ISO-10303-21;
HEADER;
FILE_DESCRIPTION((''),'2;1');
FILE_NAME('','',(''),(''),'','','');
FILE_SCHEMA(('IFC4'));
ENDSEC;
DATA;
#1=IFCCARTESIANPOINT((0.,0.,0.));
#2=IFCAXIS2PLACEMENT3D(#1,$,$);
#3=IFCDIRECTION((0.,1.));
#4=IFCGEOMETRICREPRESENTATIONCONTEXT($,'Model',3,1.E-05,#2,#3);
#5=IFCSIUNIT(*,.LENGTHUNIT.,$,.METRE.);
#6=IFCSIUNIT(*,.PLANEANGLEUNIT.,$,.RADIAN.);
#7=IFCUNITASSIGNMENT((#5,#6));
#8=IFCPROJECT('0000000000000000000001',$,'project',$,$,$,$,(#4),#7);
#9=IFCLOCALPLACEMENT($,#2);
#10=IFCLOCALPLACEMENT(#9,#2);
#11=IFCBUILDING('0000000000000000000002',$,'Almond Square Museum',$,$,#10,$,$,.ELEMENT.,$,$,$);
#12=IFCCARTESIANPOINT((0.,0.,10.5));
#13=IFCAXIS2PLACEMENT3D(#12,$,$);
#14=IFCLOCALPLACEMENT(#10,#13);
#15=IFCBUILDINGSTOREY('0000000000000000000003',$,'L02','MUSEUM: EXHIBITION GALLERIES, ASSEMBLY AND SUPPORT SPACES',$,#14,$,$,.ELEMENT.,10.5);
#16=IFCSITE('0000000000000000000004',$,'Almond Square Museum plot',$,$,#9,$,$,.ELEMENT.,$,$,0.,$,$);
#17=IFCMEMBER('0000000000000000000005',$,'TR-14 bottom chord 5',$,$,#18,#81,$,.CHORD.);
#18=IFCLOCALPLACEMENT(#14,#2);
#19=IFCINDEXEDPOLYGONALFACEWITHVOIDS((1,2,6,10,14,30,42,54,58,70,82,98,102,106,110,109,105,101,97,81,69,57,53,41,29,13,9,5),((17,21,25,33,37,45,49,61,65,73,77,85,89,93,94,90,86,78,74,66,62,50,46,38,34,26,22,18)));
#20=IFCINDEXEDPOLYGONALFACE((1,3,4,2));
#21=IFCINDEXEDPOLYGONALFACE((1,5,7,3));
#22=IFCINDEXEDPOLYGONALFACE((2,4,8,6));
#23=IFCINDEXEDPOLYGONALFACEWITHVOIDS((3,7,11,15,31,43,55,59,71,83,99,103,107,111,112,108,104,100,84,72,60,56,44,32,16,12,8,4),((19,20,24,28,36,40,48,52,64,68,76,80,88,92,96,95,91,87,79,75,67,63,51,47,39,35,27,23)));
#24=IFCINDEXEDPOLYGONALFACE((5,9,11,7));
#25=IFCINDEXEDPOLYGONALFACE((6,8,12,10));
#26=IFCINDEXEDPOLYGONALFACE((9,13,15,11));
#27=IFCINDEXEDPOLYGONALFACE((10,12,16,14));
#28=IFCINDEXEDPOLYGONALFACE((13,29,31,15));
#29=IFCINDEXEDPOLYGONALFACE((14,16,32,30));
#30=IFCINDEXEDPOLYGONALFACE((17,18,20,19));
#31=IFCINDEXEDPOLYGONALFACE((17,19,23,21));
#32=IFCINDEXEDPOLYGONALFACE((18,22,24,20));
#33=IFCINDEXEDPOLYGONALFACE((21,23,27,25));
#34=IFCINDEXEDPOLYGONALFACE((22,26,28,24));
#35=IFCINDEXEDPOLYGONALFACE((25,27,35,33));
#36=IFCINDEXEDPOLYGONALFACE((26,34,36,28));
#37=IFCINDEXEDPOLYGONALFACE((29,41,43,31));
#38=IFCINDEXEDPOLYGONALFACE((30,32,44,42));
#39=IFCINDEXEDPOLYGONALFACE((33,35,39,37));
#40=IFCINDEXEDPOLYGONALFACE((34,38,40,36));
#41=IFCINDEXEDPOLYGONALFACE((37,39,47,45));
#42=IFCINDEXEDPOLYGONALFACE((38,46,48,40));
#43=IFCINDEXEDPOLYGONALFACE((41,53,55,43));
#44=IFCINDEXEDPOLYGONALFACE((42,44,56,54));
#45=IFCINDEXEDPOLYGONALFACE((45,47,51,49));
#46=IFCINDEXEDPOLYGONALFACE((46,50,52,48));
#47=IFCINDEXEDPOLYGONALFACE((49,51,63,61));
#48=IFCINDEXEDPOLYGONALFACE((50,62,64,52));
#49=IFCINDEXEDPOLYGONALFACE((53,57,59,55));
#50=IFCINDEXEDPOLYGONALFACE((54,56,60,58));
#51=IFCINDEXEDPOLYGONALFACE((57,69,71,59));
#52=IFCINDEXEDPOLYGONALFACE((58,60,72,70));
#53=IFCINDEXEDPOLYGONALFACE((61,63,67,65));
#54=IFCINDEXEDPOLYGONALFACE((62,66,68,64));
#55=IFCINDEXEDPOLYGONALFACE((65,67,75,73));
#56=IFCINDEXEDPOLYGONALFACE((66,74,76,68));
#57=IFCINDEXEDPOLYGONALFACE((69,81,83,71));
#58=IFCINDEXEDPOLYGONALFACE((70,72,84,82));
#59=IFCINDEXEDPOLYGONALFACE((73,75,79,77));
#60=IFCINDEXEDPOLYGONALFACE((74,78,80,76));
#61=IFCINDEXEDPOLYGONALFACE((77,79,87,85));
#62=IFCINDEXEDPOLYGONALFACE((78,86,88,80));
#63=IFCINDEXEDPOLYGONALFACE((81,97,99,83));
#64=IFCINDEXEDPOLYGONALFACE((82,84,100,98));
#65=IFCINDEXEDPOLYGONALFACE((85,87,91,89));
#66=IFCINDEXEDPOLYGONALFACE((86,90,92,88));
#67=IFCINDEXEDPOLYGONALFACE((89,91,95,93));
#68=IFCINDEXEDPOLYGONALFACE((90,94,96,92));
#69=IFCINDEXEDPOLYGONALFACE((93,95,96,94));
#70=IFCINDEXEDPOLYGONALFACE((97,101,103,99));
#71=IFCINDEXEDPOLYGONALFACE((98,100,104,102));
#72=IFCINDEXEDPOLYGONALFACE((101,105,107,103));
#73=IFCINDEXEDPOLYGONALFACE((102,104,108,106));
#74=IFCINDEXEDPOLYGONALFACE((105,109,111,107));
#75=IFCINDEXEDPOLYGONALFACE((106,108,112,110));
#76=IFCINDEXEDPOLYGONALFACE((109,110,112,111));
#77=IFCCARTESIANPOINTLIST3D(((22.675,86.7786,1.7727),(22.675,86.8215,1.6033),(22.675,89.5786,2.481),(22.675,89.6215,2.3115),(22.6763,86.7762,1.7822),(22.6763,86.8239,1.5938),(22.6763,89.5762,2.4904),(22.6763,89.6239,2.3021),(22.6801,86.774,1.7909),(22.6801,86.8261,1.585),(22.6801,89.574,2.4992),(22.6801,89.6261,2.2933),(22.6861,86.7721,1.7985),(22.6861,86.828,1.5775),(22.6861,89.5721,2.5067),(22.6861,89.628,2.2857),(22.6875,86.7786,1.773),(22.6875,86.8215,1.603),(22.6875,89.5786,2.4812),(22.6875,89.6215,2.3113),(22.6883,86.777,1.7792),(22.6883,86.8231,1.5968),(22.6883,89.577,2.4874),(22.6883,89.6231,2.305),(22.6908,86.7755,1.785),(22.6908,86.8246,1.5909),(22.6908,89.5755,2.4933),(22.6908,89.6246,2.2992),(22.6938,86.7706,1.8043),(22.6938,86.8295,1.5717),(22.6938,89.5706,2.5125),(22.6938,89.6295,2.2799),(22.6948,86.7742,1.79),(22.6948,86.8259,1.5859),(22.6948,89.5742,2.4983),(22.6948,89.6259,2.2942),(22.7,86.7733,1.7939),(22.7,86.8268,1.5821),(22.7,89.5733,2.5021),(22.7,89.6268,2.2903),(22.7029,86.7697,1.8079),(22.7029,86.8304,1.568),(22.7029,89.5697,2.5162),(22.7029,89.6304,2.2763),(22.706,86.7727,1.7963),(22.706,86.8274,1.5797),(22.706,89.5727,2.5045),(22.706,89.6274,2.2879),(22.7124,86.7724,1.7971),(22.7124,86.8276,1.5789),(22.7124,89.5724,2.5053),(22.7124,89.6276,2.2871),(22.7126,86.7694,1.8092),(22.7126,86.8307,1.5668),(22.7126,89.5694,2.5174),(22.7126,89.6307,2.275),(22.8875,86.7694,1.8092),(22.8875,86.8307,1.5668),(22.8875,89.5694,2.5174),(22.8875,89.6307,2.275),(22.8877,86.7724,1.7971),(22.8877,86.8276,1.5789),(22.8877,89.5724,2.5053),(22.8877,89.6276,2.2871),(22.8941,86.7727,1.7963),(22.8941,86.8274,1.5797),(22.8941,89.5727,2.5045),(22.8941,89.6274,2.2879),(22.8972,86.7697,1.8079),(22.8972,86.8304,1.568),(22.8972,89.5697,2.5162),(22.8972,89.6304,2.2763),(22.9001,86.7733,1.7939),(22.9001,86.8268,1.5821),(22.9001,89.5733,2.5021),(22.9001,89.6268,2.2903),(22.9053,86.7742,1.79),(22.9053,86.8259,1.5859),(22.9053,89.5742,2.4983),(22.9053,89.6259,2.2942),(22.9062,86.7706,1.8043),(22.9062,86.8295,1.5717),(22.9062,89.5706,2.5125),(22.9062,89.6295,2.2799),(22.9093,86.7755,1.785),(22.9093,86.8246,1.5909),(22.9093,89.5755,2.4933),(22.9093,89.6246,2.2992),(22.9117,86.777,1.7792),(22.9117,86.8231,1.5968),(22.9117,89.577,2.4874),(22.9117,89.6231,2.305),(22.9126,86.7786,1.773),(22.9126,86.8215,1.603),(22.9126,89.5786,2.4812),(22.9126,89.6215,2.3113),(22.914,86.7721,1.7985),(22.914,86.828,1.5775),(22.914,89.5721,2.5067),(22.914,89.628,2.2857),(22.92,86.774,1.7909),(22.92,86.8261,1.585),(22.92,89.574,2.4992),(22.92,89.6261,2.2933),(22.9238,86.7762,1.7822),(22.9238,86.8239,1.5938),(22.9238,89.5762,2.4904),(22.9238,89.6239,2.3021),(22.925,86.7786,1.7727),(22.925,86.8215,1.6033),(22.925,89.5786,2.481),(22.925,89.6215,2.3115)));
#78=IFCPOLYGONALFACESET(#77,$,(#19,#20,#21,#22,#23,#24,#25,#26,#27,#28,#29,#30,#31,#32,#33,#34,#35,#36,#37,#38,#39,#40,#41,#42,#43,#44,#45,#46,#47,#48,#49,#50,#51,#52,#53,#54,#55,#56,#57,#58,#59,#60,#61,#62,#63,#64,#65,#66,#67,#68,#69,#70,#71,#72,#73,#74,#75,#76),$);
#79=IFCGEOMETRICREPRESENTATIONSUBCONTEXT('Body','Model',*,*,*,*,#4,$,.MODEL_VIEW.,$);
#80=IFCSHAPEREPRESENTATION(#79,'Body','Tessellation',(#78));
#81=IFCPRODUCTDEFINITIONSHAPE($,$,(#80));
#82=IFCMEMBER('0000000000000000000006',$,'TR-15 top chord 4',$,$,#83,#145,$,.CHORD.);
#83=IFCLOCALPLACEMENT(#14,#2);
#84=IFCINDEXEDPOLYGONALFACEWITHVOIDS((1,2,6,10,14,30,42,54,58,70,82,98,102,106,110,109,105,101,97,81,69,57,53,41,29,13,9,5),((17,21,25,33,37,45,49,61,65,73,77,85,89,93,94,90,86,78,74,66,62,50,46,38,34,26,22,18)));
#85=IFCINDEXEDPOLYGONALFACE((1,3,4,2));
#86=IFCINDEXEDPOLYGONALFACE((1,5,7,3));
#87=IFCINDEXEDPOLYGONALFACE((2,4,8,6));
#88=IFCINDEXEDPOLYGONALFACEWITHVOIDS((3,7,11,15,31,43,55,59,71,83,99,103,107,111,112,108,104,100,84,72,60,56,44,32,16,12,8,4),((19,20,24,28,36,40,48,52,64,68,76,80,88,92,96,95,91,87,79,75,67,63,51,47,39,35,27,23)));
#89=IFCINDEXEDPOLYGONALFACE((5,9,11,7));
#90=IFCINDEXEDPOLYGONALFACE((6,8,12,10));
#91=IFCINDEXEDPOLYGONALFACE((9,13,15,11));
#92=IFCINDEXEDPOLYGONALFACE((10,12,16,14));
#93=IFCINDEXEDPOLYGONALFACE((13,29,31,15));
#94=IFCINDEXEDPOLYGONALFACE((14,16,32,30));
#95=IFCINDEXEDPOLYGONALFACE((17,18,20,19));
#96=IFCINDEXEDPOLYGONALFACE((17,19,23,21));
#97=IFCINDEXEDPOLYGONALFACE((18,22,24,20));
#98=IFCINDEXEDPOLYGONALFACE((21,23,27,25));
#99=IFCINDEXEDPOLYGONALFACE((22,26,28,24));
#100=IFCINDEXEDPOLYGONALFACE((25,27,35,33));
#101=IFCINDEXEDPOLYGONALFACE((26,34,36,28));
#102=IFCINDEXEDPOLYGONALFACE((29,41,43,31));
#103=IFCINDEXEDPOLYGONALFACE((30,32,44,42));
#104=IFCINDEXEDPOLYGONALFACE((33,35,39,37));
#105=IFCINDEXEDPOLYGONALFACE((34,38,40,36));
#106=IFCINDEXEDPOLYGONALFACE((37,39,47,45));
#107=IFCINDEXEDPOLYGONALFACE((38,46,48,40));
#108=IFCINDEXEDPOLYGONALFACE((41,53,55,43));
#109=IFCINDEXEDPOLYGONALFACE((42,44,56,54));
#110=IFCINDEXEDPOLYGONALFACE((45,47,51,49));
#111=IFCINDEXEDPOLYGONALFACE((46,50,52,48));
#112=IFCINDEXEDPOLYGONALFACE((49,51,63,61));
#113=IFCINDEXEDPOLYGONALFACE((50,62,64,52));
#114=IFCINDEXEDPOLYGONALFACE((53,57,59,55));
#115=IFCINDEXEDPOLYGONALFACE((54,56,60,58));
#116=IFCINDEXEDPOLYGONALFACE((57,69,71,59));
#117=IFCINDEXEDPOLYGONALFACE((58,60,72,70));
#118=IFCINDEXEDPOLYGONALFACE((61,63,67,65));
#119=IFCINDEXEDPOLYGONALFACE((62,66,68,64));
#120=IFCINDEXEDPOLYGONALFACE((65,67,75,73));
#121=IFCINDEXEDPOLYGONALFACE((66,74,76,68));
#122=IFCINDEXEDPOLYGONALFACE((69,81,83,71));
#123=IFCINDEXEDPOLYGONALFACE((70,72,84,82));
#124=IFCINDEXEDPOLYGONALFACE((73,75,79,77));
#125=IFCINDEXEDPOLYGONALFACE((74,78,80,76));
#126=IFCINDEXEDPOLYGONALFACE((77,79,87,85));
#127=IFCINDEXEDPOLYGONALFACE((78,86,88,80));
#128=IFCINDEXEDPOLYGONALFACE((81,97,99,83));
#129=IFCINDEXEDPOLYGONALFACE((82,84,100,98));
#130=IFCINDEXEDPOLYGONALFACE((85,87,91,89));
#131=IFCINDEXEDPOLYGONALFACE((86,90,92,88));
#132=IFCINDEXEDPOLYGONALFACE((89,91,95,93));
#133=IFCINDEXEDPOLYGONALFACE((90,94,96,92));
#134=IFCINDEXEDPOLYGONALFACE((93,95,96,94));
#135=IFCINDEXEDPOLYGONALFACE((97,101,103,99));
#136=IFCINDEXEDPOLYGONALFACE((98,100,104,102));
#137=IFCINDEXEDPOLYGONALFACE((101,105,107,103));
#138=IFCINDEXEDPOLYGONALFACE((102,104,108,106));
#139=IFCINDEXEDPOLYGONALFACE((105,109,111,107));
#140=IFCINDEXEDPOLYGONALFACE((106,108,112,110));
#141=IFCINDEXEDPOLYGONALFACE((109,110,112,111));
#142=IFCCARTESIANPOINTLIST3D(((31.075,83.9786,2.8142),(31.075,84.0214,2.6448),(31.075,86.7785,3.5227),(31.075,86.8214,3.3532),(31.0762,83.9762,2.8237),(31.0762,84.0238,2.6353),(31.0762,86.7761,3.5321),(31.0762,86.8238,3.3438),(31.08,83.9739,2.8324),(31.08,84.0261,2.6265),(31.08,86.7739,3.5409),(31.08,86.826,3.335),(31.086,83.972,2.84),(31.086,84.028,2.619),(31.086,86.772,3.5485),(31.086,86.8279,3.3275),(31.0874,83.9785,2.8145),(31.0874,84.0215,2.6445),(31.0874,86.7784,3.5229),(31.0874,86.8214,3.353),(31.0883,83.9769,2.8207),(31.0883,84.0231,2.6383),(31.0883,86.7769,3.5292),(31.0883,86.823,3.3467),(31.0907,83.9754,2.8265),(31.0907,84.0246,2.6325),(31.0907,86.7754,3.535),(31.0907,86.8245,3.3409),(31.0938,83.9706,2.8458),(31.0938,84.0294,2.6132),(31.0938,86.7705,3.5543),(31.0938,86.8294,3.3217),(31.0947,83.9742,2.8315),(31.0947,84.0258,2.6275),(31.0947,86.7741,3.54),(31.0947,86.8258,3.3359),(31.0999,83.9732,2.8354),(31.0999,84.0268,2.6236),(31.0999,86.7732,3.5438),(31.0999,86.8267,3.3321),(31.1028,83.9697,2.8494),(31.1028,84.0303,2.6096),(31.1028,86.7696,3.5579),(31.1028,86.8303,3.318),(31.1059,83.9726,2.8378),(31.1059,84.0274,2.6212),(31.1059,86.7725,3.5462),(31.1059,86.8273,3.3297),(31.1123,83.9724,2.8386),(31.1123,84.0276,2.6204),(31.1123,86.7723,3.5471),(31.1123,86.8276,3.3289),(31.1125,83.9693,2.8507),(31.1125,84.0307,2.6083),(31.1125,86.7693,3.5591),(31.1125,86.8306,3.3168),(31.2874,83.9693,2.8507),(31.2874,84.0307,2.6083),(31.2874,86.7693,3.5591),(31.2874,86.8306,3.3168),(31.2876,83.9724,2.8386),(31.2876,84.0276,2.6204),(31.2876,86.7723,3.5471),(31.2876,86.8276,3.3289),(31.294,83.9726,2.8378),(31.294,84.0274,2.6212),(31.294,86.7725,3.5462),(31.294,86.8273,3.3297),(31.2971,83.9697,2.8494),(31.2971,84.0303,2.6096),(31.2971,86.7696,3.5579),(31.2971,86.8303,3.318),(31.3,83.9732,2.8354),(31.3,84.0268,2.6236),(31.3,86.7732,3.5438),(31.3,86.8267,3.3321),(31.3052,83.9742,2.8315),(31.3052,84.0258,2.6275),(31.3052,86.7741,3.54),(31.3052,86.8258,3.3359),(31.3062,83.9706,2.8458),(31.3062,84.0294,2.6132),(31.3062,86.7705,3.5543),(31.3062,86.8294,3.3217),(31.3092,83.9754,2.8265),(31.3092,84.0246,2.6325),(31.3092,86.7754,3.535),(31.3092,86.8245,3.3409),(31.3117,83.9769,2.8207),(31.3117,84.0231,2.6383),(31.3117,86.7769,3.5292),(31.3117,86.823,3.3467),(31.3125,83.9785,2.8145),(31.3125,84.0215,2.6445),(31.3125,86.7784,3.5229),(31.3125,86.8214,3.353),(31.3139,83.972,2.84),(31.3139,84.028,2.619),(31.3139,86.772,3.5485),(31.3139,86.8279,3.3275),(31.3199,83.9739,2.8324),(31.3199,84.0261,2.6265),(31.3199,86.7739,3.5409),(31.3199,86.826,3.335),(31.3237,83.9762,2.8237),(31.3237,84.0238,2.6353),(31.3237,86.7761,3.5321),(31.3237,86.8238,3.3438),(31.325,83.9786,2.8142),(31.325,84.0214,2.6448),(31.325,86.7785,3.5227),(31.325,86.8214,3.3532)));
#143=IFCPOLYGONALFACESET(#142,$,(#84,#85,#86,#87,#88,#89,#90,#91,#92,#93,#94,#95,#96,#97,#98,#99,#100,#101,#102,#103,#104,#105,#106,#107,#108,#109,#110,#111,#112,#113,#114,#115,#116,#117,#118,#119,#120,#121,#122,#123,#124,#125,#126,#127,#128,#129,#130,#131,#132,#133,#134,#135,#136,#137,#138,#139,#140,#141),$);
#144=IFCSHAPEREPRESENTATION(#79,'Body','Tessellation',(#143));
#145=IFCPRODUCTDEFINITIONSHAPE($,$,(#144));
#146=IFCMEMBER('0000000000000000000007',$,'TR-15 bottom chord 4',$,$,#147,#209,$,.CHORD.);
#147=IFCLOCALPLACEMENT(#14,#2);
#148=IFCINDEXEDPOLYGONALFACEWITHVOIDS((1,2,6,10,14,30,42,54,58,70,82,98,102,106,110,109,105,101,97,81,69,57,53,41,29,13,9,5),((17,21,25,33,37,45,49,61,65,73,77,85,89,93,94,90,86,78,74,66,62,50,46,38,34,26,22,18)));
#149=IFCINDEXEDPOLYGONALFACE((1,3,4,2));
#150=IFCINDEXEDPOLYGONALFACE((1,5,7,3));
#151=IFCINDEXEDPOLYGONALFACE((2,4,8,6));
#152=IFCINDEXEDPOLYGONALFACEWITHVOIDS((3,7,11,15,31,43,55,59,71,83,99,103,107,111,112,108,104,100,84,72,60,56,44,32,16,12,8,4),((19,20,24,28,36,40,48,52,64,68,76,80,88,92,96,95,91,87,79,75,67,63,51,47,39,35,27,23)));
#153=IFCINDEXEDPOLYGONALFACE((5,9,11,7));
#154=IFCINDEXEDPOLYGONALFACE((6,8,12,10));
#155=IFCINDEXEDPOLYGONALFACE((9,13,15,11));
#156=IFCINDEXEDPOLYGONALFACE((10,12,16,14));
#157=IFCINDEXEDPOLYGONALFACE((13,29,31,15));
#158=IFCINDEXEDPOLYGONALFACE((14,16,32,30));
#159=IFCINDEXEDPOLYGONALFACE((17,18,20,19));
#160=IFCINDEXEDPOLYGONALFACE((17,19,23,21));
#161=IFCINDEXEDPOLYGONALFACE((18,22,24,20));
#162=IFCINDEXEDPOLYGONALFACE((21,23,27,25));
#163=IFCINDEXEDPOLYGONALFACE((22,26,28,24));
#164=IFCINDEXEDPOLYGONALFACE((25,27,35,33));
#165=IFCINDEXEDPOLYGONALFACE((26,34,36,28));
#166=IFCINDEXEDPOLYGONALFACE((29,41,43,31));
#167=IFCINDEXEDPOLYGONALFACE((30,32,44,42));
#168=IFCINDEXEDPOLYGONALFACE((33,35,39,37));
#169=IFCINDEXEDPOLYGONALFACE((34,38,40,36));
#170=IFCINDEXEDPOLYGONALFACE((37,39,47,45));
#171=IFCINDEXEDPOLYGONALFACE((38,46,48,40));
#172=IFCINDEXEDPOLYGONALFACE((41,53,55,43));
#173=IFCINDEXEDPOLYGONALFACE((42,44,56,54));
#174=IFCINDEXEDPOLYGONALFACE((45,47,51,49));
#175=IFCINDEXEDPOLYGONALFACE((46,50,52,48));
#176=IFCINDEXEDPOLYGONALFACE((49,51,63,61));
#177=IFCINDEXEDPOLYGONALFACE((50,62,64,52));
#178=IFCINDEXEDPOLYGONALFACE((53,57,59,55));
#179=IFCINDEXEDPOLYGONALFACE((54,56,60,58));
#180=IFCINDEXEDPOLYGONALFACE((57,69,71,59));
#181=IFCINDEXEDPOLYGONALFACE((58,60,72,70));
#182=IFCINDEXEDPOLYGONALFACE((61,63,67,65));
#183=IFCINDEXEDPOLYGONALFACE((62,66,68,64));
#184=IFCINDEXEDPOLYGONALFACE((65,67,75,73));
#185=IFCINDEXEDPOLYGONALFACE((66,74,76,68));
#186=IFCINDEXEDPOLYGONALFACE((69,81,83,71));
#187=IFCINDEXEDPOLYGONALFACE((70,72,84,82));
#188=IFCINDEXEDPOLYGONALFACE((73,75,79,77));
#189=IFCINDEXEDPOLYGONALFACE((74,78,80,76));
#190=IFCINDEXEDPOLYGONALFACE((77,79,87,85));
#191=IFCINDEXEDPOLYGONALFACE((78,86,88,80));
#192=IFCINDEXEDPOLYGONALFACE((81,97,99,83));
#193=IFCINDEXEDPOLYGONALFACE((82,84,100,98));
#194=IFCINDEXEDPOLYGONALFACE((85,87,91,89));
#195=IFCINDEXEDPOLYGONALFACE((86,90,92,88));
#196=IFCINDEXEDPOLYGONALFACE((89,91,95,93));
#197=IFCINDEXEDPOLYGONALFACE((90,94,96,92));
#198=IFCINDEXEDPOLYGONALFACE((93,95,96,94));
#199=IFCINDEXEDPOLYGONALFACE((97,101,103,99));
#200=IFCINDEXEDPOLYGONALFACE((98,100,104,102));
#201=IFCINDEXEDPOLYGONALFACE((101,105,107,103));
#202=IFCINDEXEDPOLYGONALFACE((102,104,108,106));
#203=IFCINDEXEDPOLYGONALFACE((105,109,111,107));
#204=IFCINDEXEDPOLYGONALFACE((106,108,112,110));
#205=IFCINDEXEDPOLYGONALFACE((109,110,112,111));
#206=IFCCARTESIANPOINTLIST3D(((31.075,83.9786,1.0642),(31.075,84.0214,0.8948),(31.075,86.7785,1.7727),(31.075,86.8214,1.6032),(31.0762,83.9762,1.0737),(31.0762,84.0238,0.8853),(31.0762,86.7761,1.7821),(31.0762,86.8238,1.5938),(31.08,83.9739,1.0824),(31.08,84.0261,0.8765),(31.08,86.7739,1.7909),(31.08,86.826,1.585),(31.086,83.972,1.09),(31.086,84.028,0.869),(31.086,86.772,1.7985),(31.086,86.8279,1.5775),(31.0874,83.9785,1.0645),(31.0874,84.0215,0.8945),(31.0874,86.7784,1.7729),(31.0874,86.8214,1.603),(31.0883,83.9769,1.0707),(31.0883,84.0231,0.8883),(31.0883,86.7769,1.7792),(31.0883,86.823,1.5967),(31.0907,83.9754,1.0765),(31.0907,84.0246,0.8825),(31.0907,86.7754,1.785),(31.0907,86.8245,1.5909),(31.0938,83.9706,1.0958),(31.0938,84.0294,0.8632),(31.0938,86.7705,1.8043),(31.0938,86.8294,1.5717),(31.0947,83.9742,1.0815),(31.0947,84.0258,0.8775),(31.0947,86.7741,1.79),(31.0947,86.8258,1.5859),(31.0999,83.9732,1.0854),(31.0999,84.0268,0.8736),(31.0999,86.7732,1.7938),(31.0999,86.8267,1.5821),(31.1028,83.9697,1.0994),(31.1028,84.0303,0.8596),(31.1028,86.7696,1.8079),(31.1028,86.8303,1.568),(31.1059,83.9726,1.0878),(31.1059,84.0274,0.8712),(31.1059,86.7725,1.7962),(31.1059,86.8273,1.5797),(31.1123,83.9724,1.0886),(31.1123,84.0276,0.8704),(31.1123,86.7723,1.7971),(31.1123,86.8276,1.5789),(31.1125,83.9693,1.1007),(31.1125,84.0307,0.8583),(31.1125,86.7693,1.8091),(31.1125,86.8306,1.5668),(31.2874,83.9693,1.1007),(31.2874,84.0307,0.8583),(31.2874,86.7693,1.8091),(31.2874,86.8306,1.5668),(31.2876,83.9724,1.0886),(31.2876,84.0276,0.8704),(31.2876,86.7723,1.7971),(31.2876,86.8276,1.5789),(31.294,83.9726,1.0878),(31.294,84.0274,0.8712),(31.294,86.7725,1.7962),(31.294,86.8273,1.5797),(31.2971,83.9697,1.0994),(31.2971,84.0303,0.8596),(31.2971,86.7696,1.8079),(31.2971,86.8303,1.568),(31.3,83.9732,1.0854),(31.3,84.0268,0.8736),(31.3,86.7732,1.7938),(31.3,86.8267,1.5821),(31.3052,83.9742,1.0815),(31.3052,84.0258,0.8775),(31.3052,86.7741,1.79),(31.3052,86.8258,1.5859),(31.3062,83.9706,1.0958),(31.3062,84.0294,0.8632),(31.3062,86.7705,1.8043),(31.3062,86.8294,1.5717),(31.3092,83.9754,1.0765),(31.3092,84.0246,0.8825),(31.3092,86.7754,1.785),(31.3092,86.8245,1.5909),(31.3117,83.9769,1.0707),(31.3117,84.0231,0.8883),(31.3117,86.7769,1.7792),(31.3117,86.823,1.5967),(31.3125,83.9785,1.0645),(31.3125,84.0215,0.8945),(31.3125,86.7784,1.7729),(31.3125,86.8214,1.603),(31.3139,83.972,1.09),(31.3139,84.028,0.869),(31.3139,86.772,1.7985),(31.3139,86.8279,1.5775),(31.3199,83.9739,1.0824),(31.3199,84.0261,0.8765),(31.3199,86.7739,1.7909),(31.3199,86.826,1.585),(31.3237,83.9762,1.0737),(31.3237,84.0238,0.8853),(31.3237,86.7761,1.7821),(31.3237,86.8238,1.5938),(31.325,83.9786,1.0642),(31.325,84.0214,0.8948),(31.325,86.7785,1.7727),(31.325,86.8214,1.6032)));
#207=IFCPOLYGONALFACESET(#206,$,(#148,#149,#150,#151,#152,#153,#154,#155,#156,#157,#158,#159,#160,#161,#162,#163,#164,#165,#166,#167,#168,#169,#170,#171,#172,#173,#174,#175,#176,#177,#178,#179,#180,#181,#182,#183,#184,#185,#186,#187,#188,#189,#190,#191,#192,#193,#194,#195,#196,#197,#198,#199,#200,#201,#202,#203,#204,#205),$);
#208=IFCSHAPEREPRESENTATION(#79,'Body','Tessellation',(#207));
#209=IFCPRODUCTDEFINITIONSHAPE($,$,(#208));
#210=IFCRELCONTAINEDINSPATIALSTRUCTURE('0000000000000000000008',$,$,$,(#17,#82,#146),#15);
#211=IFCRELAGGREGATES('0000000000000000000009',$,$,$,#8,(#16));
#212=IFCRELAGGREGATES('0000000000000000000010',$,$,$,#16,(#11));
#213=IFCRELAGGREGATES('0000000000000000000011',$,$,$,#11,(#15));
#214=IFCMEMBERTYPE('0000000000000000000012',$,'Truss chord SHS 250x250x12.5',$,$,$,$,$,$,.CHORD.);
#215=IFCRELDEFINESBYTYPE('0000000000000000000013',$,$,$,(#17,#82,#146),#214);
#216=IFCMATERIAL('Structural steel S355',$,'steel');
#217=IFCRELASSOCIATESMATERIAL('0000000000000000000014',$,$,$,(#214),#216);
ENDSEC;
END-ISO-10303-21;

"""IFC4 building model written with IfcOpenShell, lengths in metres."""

from ifc_helpers import new_model, si_unit, direction, frame, origin, origin_2d, place, context, subcontext, project, spatial, hollow_rectangle, extrude, material, material_profile, profile_set, type_object, element, save


model = new_model("IFC4")

# Units and contexts
model_context = context("Model", 3, precision=1e-05, world=origin(), true_north=direction((0.0, 1.0)))
body_context = subcontext(model_context, "Body", "Model", "MODEL_VIEW")
ifc_project = project(units=[si_unit("LENGTHUNIT", "METRE"), si_unit("PLANEANGLEUNIT", "RADIAN")], contexts=[model_context])

# Site, building, storey
site_placement = place(None, origin())
site = spatial("IfcSite", under=ifc_project, at=site_placement, Name="Almond Square Museum plot", CompositionType="ELEMENT", RefElevation=0.0)
building_placement = place(site_placement, origin())
building = spatial("IfcBuilding", under=site, at=building_placement, Name="Almond Square Museum", CompositionType="ELEMENT")
storey_placement = place(building_placement, frame((0.0, 0.0, 10.5)))
storey = spatial("IfcBuildingStorey", under=building, at=storey_placement, Name="L02", Description="MUSEUM: EXHIBITION GALLERIES, ASSEMBLY AND SUPPORT SPACES", CompositionType="ELEMENT", Elevation=10.5)

# Members
ifc_material_1 = material(Name="Structural steel S355", Category="steel")
ifc_material_profile_1 = material_profile(ifc_material_1, hollow_rectangle(XDim=0.25, YDim=0.25, WallThickness=0.0125, InnerFilletRadius=0.0249, OuterFilletRadius=0.0376, at=origin_2d()))
ifc_profile_set_1 = profile_set([ifc_material_profile_1], Name="Structural steel S355")
member_type_1 = type_object("IfcMemberType", Name="Truss chord SHS 250x250x12.5", PredefinedType="CHORD", material=ifc_profile_set_1)
for number, where, z_axis, x_axis, name in (
    (1, (22.8, 86.8, 1.688), (0.0, 0.969468, 0.24522), (-1.0, 0.0, 0.0), "TR-14 bottom chord 5"),
    (2, (31.2, 84.0, 2.7295), (0.0, 0.969447, 0.245299), (-1.0, 0.0, 0.0), "TR-15 top chord 4"),
    (3, (31.2, 84.0, 0.9795), (0.0, 0.969447, 0.245299), (-1.0, 0.0, 0.0), "TR-15 bottom chord 4"),
):
    element("IfcMember", number, at=place(storey_placement, frame(where, z_axis=z_axis, x_axis=x_axis)), inside=storey, type_object=member_type_1, Name=name, PredefinedType="CHORD", context=body_context, shape_type="SweptSolid", body=[
        extrude(hollow_rectangle(XDim=0.25, YDim=0.25, WallThickness=0.0125, InnerFilletRadius=0.0249, OuterFilletRadius=0.0376, at=origin_2d()), origin(), (0.0, 0.0, 1.0), 2.8882),
    ])

save(model, "model.ifc")
